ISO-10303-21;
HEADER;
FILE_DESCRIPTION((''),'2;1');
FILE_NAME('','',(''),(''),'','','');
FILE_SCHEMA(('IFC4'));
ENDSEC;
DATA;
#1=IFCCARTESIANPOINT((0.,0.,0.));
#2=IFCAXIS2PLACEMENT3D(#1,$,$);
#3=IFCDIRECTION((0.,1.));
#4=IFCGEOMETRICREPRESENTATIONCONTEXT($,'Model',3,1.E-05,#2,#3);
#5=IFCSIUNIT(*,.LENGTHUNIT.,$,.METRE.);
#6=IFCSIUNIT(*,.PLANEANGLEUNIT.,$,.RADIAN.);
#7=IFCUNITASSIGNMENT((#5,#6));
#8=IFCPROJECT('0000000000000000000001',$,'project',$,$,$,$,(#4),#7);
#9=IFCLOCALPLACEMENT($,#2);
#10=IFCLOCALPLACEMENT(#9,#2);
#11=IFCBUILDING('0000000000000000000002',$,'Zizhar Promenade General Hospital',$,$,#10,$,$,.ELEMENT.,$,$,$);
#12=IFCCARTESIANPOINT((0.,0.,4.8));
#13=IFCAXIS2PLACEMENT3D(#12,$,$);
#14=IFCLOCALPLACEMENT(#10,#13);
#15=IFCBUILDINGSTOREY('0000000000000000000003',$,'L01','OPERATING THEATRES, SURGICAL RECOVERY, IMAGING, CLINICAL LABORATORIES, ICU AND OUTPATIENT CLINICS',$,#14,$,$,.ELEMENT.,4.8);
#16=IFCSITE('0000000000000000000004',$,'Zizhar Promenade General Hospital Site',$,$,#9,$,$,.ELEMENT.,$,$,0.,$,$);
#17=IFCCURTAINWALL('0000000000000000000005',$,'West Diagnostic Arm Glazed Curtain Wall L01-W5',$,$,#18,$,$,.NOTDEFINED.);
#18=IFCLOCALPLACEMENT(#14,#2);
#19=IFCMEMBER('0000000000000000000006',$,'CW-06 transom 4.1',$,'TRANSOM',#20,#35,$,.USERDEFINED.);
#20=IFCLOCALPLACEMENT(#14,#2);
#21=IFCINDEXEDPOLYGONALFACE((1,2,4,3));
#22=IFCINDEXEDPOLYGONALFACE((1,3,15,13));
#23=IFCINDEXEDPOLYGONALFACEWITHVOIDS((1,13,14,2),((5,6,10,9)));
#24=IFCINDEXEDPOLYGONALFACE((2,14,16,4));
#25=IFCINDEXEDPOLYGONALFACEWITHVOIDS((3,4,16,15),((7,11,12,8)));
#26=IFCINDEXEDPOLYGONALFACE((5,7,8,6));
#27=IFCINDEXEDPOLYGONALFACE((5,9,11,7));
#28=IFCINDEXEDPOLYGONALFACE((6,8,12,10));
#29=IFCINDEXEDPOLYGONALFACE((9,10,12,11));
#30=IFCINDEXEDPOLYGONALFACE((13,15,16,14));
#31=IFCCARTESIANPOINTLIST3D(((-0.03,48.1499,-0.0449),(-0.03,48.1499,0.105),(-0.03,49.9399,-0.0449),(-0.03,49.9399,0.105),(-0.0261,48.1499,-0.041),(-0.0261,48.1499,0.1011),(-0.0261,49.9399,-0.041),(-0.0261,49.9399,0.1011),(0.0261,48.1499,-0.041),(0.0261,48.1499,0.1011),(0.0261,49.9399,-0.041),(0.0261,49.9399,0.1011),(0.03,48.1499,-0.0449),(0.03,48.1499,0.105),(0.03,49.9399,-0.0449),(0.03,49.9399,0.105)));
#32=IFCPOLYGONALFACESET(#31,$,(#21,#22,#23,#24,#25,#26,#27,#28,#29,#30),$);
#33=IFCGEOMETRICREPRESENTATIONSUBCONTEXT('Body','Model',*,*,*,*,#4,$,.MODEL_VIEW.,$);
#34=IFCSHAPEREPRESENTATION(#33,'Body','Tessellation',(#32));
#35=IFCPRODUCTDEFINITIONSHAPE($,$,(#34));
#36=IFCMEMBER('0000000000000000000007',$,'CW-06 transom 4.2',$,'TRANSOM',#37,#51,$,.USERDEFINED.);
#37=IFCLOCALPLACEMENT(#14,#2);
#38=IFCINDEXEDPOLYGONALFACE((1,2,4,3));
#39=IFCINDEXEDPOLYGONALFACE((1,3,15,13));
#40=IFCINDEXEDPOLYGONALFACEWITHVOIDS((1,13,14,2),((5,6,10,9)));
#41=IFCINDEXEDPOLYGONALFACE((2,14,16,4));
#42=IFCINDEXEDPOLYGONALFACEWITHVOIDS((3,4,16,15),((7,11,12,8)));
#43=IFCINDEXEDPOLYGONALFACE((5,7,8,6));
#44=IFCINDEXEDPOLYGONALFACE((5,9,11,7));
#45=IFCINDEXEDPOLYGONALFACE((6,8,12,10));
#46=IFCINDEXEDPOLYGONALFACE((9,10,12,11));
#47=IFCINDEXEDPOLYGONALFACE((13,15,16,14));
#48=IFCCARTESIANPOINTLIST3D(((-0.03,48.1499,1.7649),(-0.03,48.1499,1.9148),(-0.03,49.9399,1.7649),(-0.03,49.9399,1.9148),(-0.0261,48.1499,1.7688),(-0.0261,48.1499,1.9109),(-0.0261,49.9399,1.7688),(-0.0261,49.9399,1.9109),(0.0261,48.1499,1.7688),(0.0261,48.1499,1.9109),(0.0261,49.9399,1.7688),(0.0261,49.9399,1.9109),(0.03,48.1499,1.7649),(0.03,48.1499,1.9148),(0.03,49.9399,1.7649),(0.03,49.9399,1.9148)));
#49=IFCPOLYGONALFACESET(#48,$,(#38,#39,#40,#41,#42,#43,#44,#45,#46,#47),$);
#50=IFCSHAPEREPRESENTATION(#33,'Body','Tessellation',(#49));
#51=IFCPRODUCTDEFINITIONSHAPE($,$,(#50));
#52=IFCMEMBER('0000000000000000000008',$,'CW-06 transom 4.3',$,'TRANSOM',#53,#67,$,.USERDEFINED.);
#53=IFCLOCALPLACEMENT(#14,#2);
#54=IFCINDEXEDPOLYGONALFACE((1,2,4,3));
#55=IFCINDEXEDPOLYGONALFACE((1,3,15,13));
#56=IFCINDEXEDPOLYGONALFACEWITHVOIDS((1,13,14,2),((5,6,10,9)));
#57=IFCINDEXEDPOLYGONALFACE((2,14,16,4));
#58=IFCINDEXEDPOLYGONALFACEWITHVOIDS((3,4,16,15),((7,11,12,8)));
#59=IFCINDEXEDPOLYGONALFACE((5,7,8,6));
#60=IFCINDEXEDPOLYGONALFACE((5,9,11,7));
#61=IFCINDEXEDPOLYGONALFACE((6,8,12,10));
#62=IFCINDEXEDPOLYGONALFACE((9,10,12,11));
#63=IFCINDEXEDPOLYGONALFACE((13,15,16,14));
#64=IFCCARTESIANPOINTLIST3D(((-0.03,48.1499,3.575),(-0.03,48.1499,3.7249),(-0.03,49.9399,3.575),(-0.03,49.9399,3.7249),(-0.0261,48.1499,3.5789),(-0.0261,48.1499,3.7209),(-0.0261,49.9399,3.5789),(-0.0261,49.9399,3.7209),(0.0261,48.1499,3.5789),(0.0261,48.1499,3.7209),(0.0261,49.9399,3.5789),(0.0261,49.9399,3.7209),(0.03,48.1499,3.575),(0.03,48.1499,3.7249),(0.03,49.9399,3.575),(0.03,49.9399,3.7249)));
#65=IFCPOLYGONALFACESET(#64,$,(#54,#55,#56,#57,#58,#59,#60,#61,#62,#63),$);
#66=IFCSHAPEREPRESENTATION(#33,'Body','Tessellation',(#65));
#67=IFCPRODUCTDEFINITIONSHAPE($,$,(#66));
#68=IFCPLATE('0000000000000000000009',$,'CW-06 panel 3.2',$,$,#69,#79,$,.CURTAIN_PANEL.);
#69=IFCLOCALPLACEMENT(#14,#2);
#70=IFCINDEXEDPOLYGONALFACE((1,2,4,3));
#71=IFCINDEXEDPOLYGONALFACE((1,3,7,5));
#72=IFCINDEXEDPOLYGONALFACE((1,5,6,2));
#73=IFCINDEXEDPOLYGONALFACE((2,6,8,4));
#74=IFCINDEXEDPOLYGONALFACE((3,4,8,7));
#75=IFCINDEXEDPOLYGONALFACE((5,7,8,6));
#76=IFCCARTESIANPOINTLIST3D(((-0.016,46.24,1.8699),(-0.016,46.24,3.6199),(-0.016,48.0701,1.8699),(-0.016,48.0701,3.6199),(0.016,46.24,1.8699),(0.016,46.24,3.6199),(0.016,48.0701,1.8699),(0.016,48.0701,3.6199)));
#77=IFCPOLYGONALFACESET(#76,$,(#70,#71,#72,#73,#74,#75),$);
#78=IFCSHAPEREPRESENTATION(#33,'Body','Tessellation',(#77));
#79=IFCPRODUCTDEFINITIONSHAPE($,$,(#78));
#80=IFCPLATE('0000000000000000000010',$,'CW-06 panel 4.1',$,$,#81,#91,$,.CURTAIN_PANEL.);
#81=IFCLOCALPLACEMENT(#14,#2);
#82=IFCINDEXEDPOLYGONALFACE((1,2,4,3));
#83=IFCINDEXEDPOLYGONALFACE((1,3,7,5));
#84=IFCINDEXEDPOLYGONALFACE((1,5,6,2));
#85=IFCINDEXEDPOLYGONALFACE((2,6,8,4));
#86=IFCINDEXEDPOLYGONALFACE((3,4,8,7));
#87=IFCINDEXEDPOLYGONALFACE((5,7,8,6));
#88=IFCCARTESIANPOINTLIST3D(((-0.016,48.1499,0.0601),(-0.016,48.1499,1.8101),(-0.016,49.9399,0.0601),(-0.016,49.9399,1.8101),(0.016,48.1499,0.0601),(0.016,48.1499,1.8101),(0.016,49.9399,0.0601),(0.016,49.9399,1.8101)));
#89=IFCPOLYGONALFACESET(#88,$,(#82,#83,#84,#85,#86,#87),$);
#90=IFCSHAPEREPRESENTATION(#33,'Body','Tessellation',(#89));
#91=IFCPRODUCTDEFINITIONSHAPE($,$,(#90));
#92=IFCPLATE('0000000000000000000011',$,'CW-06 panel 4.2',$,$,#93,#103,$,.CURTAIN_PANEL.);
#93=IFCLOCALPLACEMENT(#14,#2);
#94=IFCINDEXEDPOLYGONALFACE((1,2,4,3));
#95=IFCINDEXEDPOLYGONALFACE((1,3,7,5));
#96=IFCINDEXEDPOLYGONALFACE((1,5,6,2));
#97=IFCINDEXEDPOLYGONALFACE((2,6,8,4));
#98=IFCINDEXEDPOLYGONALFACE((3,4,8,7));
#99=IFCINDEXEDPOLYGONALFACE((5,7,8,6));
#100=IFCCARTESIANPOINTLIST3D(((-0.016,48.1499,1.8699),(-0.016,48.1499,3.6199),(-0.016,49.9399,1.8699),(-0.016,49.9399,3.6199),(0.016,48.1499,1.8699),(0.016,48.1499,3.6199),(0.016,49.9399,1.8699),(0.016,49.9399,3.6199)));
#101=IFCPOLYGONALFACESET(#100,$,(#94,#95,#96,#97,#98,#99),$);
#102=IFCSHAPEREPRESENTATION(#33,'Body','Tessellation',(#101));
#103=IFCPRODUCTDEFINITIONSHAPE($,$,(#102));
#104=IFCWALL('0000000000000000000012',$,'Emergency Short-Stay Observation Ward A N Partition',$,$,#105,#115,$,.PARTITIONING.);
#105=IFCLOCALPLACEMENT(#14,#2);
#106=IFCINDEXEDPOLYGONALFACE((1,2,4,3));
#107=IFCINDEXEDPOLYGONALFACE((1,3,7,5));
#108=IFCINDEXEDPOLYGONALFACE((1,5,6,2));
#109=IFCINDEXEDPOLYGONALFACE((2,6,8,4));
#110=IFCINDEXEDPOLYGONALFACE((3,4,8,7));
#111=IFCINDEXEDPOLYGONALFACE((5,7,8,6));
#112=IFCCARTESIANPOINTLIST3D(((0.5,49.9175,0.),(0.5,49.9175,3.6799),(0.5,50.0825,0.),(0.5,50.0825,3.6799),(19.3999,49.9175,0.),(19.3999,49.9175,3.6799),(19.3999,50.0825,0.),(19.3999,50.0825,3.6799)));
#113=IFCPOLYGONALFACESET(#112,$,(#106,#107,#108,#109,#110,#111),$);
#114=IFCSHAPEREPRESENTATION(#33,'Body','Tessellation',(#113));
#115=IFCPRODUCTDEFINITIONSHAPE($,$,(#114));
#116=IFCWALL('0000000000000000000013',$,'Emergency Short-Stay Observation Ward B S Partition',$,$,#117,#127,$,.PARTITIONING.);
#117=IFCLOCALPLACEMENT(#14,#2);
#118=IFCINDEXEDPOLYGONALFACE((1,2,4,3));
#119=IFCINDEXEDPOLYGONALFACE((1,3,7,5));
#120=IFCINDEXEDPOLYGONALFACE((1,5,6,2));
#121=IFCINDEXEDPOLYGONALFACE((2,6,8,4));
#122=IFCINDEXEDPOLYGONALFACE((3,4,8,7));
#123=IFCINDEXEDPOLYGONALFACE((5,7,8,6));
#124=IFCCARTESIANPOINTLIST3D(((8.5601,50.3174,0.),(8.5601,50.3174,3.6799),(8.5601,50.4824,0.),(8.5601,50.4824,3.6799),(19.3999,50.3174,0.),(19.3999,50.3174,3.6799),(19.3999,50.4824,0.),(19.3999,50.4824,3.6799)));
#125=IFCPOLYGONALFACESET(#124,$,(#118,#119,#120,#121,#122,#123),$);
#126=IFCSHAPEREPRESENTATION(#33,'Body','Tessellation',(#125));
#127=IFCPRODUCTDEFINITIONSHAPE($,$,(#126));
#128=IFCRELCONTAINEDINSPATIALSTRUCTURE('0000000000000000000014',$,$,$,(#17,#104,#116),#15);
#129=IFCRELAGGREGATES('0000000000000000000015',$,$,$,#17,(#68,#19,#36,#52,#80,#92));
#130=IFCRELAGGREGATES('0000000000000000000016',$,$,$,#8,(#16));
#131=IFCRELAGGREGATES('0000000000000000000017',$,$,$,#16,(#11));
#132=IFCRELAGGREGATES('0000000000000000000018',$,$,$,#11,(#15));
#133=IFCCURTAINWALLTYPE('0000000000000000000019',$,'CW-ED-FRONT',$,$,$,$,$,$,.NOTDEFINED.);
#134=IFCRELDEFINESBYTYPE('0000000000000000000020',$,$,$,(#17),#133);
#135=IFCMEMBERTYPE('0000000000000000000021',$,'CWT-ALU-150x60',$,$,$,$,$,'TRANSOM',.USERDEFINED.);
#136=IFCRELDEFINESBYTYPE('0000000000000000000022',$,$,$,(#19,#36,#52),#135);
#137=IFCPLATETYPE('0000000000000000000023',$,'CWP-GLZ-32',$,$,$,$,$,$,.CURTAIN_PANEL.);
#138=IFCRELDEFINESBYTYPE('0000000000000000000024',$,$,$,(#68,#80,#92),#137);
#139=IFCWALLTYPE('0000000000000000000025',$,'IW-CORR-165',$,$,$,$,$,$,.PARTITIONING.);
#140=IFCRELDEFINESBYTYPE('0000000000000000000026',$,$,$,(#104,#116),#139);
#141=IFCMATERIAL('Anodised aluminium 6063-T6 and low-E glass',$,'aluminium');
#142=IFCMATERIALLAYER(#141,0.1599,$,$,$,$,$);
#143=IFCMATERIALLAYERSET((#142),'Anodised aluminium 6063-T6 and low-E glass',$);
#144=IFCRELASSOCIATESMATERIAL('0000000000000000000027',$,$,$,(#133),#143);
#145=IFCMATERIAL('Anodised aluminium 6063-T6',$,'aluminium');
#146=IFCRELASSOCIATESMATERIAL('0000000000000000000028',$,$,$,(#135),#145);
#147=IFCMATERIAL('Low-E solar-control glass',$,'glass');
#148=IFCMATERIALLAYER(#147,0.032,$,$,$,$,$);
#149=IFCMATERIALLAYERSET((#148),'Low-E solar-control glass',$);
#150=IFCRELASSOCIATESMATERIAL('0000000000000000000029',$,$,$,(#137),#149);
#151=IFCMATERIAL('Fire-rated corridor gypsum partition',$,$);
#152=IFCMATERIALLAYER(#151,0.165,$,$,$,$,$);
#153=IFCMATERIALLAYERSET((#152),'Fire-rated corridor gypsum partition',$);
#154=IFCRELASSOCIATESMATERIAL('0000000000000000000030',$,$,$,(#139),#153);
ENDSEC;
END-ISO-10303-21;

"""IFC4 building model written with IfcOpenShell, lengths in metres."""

from ifc_helpers import new_model, si_unit, direction, frame, frame_2d, origin, origin_2d, place, context, subcontext, project, spatial, rectangle, hollow_rectangle, extrude, material, layer, layer_set, material_profile, profile_set, type_object, element, aggregate, save


model = new_model("IFC4")

# Units and contexts
model_context = context("Model", 3, precision=1e-05, world=origin(), true_north=direction((0.0, 1.0)))
body_context = subcontext(model_context, "Body", "Model", "MODEL_VIEW")
ifc_project = project(units=[si_unit("LENGTHUNIT", "METRE"), si_unit("PLANEANGLEUNIT", "RADIAN")], contexts=[model_context])

# Site, building, storey
site_placement = place(None, origin())
site = spatial("IfcSite", under=ifc_project, at=site_placement, Name="Zizhar Promenade General Hospital Site", CompositionType="ELEMENT", RefElevation=0.0)
building_placement = place(site_placement, origin())
building = spatial("IfcBuilding", under=site, at=building_placement, Name="Zizhar Promenade General Hospital", CompositionType="ELEMENT")
storey_placement = place(building_placement, frame((0.0, 0.0, 4.8)))
storey = spatial("IfcBuildingStorey", under=building, at=storey_placement, Name="L01", Description="OPERATING THEATRES, SURGICAL RECOVERY, IMAGING, CLINICAL LABORATORIES, ICU AND OUTPATIENT CLINICS", CompositionType="ELEMENT", Elevation=4.8)

# Curtain wall, members, plates
ifc_material_1 = material(Name="Anodised aluminium 6063-T6 and low-E glass", Category="aluminium")
ifc_layer_1 = layer(ifc_material_1, 0.1599)
ifc_layer_set_1 = layer_set([ifc_layer_1], Name="Anodised aluminium 6063-T6 and low-E glass")
curtain_wall_type = type_object("IfcCurtainWallType", Name="CW-ED-FRONT", PredefinedType="NOTDEFINED", material=ifc_layer_set_1)
curtain_wall_placement = place(storey_placement, origin())
curtain_wall = element("IfcCurtainWall", 1, at=curtain_wall_placement, inside=storey, type_object=curtain_wall_type, Name="West Diagnostic Arm Glazed Curtain Wall L01-W5", PredefinedType="NOTDEFINED")
ifc_material_2 = material(Name="Anodised aluminium 6063-T6", Category="aluminium")
ifc_material_profile_1 = material_profile(ifc_material_2, hollow_rectangle(XDim=0.0601, YDim=0.1499, WallThickness=0.0039, at=origin_2d()))
ifc_profile_set_1 = profile_set([ifc_material_profile_1], Name="Anodised aluminium 6063-T6")
member_type_1 = type_object("IfcMemberType", Name="CWT-ALU-150x60", ElementType="TRANSOM", PredefinedType="USERDEFINED", material=ifc_profile_set_1)
member_1_placement = place(storey_placement, frame((0.0, 48.1499, 0.03), z_axis=(0.0, 1.0, 0.0), x_axis=(-1.0, 0.0, 0.0)))
member_1 = element("IfcMember", 2, at=member_1_placement, type_object=member_type_1, Name="CW-06 transom 4.1", ObjectType="TRANSOM", PredefinedType="USERDEFINED", context=body_context, shape_type="SweptSolid", body=[
    extrude(hollow_rectangle(XDim=0.0601, YDim=0.1499, WallThickness=0.0039, at=origin_2d()), origin(), (0.0, 0.0, 1.0), 1.79),
])
member_2_placement = place(storey_placement, frame((0.0, 48.1499, 1.8398), z_axis=(0.0, 1.0, 0.0), x_axis=(-1.0, 0.0, 0.0)))
member_2 = element("IfcMember", 3, at=member_2_placement, type_object=member_type_1, Name="CW-06 transom 4.2", ObjectType="TRANSOM", PredefinedType="USERDEFINED", context=body_context, shape_type="SweptSolid", body=[
    extrude(hollow_rectangle(XDim=0.0601, YDim=0.1499, WallThickness=0.0039, at=origin_2d()), origin(), (0.0, 0.0, 1.0), 1.79),
])
member_3_placement = place(storey_placement, frame((0.0, 48.1499, 3.6499), z_axis=(0.0, 1.0, 0.0), x_axis=(-1.0, 0.0, 0.0)))
member_3 = element("IfcMember", 4, at=member_3_placement, type_object=member_type_1, Name="CW-06 transom 4.3", ObjectType="TRANSOM", PredefinedType="USERDEFINED", context=body_context, shape_type="SweptSolid", body=[
    extrude(hollow_rectangle(XDim=0.0601, YDim=0.1499, WallThickness=0.0039, at=origin_2d()), origin(), (0.0, 0.0, 1.0), 1.79),
])
ifc_material_3 = material(Name="Low-E solar-control glass", Category="glass")
ifc_layer_2 = layer(ifc_material_3, 0.032)
ifc_layer_set_2 = layer_set([ifc_layer_2], Name="Low-E solar-control glass")
plate_type = type_object("IfcPlateType", Name="CWP-GLZ-32", PredefinedType="CURTAIN_PANEL", material=ifc_layer_set_2)
plate_1_placement = place(storey_placement, frame((0.0, 47.155, 1.8699), z_axis=(0.0, 0.0, 1.0), x_axis=(0.0, 1.0, 0.0)))
plate_1 = element("IfcPlate", 5, at=plate_1_placement, type_object=plate_type, Name="CW-06 panel 3.2", PredefinedType="CURTAIN_PANEL", context=body_context, shape_type="SweptSolid", body=[
    extrude(rectangle(XDim=1.8301, YDim=0.032, at=origin_2d()), origin(), (0.0, 0.0, 1.0), 1.75),
])
plate_2_placement = place(storey_placement, frame((0.0, 49.0449, 0.0601), z_axis=(0.0, 0.0, 1.0), x_axis=(0.0, 1.0, 0.0)))
plate_2 = element("IfcPlate", 6, at=plate_2_placement, type_object=plate_type, Name="CW-06 panel 4.1", PredefinedType="CURTAIN_PANEL", context=body_context, shape_type="SweptSolid", body=[
    extrude(rectangle(XDim=1.79, YDim=0.032, at=origin_2d()), origin(), (0.0, 0.0, 1.0), 1.75),
])
plate_3_placement = place(storey_placement, frame((0.0, 49.0449, 1.8699), z_axis=(0.0, 0.0, 1.0), x_axis=(0.0, 1.0, 0.0)))
plate_3 = element("IfcPlate", 7, at=plate_3_placement, type_object=plate_type, Name="CW-06 panel 4.2", PredefinedType="CURTAIN_PANEL", context=body_context, shape_type="SweptSolid", body=[
    extrude(rectangle(XDim=1.79, YDim=0.032, at=origin_2d()), origin(), (0.0, 0.0, 1.0), 1.75),
])
aggregate(curtain_wall, [plate_1, member_1, member_2, member_3, plate_2, plate_3])

# Walls
ifc_material_4 = material(Name="Fire-rated corridor gypsum partition")
ifc_layer_3 = layer(ifc_material_4, 0.165)
ifc_layer_set_3 = layer_set([ifc_layer_3], Name="Fire-rated corridor gypsum partition")
wall_type = type_object("IfcWallType", Name="IW-CORR-165", PredefinedType="PARTITIONING", material=ifc_layer_set_3)
wall_1_placement = place(storey_placement, frame((0.5, 50.0, 0.0), z_axis=(0.0, 0.0, 1.0), x_axis=(1.0, 0.0, 0.0)))
element("IfcWall", 8, at=wall_1_placement, inside=storey, type_object=wall_type, Name="Emergency Short-Stay Observation Ward A N Partition", PredefinedType="PARTITIONING", context=body_context, shape_type="SweptSolid", body=[
    extrude(rectangle(XDim=18.8999, YDim=0.165, at=frame_2d((9.45, 0.0))), origin(), (0.0, 0.0, 1.0), 3.6799),
])
wall_2_placement = place(storey_placement, frame((8.5601, 50.3999, 0.0), z_axis=(0.0, 0.0, 1.0), x_axis=(1.0, 0.0, 0.0)))
element("IfcWall", 9, at=wall_2_placement, inside=storey, type_object=wall_type, Name="Emergency Short-Stay Observation Ward B S Partition", PredefinedType="PARTITIONING", context=body_context, shape_type="SweptSolid", body=[
    extrude(rectangle(XDim=10.8398, YDim=0.165, at=frame_2d((5.4199, 0.0))), origin(), (0.0, 0.0, 1.0), 3.6799),
])

save(model, "model.ifc")
